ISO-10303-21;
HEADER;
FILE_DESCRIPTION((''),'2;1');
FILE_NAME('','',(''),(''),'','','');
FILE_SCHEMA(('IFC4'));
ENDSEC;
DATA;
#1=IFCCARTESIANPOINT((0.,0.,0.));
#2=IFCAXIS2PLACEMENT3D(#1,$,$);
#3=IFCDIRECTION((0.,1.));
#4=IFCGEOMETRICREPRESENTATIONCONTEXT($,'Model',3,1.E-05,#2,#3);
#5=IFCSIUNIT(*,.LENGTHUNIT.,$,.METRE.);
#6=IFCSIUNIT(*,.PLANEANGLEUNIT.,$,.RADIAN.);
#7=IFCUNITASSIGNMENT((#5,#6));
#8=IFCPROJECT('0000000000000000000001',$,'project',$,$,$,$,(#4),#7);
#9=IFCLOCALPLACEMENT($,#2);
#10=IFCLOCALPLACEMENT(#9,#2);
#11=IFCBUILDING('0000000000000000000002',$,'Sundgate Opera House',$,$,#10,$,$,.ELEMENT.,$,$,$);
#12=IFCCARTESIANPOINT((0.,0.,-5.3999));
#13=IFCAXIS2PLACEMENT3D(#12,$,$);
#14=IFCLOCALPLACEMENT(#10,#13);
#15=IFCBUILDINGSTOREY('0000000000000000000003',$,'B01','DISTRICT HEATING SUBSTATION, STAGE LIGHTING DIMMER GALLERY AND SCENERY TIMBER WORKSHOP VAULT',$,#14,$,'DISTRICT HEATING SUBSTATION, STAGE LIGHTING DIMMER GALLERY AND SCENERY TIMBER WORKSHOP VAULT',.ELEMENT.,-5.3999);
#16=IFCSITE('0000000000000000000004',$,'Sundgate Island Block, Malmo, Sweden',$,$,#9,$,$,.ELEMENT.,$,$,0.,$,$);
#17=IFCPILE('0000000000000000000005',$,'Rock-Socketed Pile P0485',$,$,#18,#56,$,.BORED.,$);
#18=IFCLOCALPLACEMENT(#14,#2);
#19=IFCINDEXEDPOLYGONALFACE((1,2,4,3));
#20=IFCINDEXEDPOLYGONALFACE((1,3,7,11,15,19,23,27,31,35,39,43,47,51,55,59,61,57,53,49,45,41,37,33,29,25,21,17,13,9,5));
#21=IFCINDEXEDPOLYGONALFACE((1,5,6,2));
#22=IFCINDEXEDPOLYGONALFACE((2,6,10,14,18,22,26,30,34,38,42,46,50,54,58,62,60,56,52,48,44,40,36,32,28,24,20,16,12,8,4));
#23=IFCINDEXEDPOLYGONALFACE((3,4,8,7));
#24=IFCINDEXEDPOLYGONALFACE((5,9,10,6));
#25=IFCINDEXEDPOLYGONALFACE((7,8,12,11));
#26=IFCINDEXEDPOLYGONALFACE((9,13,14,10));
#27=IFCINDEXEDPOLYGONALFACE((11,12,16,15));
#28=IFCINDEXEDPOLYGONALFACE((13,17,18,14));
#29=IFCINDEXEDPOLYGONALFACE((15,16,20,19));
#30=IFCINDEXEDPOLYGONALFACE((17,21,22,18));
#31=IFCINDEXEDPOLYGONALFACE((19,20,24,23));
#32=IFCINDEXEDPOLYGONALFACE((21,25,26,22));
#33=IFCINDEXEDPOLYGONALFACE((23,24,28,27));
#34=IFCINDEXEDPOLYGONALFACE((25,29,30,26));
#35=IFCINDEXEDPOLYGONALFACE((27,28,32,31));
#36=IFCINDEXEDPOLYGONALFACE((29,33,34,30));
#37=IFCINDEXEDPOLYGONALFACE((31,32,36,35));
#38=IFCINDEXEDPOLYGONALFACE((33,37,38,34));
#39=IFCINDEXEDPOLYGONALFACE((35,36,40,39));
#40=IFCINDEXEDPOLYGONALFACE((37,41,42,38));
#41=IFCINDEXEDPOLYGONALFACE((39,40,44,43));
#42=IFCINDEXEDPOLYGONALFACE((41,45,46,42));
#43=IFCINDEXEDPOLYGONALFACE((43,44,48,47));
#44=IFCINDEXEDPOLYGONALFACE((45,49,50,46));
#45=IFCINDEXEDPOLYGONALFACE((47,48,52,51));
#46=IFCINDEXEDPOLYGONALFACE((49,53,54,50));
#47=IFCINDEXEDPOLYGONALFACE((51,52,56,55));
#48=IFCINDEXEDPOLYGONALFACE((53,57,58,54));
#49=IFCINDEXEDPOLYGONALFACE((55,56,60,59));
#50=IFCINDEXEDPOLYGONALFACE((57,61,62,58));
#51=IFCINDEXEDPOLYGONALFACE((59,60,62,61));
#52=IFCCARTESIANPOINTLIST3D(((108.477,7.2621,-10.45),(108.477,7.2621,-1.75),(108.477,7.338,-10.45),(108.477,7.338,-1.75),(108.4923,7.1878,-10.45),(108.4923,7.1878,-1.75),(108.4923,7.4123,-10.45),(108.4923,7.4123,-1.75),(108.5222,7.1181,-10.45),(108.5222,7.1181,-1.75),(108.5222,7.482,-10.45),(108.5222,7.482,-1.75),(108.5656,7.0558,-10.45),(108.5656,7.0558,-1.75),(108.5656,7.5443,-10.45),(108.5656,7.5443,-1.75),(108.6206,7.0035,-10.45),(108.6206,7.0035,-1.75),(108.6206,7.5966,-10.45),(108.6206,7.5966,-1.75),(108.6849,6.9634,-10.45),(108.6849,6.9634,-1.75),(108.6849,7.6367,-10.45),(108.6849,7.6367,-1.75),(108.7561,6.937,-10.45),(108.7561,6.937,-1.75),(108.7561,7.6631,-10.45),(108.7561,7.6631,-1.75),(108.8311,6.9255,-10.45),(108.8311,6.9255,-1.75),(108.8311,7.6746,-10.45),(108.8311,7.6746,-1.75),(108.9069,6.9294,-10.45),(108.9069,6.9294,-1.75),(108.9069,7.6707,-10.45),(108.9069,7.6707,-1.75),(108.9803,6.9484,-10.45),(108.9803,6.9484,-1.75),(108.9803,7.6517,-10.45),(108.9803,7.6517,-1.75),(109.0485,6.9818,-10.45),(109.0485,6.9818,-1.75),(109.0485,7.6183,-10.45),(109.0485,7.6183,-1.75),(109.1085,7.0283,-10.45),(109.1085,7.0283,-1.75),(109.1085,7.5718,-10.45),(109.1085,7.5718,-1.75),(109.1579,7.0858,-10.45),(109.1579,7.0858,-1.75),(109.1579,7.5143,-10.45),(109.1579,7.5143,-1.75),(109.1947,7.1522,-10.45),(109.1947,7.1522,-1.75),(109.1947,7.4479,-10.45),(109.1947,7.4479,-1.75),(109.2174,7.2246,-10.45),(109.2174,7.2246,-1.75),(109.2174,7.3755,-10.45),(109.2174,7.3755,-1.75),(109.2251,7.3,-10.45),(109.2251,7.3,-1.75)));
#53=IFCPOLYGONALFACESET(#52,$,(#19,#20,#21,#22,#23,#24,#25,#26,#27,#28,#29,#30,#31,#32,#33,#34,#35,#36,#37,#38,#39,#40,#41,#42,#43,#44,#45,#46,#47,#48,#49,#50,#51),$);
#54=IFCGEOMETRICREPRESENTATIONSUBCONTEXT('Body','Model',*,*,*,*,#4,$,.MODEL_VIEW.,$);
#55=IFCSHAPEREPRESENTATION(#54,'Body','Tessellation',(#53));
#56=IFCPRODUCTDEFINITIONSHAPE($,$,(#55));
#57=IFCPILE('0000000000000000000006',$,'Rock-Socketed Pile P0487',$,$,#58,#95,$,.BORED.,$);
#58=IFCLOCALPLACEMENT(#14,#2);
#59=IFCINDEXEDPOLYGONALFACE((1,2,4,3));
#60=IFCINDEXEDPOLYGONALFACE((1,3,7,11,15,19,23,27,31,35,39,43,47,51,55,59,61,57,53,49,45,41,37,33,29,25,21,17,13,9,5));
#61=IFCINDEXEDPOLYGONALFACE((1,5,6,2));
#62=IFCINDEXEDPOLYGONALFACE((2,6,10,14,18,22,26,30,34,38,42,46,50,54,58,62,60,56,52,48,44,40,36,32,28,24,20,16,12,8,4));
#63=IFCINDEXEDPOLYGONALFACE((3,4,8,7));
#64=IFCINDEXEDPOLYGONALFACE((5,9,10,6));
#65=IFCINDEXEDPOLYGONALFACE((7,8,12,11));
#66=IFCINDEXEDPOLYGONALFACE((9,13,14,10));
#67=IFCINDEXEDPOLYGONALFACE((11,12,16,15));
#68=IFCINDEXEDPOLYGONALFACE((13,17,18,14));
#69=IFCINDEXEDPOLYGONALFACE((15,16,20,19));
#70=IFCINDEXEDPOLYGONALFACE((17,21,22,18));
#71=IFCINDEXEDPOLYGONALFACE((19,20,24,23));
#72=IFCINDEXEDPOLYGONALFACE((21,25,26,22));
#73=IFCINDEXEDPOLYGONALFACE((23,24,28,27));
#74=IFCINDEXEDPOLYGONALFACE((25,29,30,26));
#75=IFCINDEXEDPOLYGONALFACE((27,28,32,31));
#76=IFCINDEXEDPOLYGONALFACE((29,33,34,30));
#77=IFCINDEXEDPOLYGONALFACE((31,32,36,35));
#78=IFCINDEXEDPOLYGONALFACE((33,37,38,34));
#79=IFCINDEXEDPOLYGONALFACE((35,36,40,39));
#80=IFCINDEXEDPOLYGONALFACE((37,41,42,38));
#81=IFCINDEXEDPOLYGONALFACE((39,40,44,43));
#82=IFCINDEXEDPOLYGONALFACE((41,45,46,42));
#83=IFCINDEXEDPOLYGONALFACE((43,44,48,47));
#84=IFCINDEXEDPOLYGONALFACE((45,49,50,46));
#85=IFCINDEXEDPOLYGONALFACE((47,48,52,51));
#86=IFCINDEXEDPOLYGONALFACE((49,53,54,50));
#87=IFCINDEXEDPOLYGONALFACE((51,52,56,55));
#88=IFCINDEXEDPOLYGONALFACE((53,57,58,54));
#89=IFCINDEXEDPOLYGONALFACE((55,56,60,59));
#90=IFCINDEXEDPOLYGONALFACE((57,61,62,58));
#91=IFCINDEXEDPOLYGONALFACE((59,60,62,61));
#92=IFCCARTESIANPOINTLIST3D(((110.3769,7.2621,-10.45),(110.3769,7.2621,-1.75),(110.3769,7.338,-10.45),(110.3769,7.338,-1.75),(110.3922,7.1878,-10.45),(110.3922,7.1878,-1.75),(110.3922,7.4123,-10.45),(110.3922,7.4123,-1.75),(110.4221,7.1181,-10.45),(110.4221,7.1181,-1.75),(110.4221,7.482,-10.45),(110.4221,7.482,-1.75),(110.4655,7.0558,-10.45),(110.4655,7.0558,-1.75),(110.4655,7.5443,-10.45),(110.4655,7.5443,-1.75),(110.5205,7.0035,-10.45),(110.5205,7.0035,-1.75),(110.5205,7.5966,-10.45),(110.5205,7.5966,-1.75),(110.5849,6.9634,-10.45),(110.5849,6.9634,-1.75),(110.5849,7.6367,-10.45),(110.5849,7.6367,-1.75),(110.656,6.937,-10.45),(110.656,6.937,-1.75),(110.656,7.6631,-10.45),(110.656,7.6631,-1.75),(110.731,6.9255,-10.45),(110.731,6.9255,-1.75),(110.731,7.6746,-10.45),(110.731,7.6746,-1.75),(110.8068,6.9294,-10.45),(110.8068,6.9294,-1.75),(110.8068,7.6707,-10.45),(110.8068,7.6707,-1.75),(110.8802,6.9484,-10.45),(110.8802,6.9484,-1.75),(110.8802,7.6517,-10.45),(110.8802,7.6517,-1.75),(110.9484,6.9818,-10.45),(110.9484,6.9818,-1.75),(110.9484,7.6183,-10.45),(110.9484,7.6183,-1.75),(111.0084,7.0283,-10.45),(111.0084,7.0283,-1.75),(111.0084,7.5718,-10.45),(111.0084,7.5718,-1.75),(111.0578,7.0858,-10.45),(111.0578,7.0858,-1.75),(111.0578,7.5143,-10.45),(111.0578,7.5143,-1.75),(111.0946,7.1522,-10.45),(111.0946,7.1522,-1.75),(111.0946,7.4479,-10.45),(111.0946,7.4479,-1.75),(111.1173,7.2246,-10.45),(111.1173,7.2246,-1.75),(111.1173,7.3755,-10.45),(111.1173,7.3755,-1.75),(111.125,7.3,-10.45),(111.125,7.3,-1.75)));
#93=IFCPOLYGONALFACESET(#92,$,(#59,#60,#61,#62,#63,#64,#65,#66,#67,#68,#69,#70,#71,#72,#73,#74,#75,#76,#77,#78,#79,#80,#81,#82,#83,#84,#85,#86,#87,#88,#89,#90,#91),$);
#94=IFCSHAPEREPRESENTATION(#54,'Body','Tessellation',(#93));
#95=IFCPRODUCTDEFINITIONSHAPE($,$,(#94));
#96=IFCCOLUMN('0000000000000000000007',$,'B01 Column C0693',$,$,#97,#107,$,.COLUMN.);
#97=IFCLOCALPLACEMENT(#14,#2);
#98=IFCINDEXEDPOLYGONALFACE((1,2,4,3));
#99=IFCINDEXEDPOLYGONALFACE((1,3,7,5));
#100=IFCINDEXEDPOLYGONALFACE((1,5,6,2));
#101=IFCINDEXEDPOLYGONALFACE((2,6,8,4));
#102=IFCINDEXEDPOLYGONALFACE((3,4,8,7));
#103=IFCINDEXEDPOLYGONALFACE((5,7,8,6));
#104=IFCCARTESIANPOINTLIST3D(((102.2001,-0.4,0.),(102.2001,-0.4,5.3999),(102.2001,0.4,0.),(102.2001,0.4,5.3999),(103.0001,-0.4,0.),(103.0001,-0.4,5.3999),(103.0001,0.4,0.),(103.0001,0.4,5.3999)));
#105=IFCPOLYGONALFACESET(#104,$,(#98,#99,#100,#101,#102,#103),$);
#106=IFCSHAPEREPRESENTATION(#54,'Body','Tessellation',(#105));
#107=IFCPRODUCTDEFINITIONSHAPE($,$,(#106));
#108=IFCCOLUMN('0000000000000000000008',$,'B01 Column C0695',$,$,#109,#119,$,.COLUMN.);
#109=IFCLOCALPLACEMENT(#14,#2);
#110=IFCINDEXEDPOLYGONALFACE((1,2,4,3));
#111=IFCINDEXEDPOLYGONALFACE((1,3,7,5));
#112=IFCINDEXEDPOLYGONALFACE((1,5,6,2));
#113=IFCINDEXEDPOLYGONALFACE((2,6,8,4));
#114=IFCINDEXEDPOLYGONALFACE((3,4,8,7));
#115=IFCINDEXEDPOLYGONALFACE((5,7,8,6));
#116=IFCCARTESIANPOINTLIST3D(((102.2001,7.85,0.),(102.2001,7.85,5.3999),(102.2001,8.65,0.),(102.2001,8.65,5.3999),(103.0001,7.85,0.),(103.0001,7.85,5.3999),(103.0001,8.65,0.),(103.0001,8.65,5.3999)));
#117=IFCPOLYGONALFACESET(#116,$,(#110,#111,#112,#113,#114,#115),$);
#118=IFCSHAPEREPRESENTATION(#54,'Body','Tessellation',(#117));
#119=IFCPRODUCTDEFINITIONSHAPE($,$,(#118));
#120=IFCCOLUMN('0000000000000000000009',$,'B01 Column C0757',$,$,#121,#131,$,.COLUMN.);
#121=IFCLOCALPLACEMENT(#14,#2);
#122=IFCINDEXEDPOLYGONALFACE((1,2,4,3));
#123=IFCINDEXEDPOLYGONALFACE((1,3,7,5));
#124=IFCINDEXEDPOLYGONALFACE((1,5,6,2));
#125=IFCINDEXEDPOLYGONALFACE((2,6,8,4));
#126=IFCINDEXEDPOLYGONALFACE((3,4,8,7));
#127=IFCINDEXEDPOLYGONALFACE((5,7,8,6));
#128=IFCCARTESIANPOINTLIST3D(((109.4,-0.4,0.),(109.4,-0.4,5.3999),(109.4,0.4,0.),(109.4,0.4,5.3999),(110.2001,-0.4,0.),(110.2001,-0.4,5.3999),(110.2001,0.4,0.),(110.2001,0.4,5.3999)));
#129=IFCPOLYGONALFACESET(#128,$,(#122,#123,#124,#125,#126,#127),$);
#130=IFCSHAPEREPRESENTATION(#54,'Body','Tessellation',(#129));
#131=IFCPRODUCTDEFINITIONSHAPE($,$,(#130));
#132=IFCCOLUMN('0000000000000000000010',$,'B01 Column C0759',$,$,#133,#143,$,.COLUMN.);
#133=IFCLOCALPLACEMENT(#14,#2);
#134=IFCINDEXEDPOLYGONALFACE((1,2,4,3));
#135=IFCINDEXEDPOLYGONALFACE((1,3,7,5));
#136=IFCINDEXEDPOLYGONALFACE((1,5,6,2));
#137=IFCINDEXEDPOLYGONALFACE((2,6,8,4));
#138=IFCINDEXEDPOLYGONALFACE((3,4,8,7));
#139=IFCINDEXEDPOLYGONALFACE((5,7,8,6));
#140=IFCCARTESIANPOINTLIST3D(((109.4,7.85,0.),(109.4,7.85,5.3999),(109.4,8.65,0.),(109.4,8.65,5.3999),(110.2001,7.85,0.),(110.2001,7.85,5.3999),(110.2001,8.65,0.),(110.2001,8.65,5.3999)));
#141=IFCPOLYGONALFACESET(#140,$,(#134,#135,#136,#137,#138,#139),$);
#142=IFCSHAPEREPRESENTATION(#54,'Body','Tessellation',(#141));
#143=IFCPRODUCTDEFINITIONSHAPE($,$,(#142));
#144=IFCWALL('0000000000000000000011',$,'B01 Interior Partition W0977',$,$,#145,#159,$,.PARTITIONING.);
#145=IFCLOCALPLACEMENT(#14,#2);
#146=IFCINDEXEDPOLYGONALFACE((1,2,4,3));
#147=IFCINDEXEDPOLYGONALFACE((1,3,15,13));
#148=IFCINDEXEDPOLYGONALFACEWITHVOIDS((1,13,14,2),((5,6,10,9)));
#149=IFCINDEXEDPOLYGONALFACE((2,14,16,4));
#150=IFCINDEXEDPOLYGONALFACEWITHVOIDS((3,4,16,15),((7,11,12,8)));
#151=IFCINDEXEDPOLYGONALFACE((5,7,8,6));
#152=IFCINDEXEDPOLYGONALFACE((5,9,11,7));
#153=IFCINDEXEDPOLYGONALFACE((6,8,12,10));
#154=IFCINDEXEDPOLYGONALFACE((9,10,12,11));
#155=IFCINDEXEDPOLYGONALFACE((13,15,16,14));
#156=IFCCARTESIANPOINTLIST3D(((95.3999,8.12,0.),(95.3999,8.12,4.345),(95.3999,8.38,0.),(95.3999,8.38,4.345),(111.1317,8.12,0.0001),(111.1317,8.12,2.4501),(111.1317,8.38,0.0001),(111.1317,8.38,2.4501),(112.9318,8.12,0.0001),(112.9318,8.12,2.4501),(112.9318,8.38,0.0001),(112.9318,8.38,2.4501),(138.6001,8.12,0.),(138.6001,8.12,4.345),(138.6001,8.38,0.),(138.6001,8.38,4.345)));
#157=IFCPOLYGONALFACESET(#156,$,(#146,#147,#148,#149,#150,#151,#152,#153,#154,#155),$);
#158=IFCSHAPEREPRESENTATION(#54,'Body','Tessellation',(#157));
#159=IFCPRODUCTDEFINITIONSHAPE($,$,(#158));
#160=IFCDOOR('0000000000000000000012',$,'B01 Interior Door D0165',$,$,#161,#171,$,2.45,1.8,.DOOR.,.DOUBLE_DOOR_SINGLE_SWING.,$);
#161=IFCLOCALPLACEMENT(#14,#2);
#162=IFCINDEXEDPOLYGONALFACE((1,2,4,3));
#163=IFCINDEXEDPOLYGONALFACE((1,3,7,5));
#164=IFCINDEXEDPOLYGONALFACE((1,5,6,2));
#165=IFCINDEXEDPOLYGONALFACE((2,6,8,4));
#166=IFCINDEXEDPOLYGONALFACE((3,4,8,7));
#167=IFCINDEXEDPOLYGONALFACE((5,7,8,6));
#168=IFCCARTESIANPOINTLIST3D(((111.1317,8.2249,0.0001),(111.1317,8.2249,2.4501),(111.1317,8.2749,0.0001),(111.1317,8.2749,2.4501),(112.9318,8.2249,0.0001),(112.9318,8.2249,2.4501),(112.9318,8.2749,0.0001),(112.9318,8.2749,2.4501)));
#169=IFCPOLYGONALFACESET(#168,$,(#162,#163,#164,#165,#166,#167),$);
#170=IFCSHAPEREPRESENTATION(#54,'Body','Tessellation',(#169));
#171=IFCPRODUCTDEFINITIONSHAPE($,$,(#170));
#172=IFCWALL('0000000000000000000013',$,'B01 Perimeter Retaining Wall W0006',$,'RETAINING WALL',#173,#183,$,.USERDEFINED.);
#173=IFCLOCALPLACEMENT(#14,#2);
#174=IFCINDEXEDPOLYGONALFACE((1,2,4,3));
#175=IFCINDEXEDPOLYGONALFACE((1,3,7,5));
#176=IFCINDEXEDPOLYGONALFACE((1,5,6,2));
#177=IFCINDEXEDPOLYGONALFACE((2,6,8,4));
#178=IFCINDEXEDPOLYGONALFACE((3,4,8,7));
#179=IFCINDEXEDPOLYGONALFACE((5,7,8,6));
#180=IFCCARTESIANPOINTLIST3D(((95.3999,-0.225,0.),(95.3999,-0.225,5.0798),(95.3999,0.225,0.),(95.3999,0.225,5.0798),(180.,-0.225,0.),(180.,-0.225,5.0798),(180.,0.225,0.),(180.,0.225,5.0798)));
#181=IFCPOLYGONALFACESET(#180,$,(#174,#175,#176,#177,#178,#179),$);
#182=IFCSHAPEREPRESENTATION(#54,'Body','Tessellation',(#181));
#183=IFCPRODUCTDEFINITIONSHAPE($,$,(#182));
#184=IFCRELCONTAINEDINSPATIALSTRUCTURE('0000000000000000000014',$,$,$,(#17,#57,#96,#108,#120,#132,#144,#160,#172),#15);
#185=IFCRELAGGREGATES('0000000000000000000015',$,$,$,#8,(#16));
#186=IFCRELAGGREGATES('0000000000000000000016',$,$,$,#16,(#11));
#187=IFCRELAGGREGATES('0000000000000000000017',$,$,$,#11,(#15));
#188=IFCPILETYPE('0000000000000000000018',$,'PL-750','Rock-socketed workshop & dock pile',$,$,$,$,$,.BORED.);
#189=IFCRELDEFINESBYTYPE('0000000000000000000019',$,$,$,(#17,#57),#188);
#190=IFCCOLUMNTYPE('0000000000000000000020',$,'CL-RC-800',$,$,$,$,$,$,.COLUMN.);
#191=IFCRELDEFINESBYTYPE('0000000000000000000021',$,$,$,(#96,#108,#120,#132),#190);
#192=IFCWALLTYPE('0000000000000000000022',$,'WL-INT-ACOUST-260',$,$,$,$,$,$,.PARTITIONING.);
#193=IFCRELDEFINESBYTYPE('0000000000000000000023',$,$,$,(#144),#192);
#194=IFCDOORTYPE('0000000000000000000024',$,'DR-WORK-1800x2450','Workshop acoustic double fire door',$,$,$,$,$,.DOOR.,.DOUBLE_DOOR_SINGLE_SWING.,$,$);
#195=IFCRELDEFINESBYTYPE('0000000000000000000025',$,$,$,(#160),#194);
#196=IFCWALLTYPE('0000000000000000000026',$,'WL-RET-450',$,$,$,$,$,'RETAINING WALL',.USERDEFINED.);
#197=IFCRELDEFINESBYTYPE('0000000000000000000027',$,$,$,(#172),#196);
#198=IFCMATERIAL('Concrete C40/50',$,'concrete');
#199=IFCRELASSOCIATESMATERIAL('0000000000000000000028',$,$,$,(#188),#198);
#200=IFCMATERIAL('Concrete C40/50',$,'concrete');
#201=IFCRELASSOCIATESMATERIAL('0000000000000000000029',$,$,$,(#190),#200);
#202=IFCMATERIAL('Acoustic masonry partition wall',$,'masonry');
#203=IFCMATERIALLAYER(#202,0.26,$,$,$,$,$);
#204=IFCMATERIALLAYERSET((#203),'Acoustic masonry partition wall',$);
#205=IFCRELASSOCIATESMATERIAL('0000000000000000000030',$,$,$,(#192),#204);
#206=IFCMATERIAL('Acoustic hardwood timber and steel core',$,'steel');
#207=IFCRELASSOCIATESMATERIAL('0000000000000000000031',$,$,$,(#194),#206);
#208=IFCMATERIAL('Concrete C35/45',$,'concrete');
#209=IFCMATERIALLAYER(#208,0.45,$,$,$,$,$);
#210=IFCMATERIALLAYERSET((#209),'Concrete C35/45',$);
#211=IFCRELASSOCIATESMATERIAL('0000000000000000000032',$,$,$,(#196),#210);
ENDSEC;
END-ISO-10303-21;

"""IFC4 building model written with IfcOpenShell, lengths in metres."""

from ifc_helpers import new_model, si_unit, direction, frame, frame_2d, origin, origin_2d, place, context, subcontext, project, spatial, rectangle, circle, extrude, material, layer, layer_set, material_profile, profile_set, type_object, element, fill, save


model = new_model("IFC4")

# Units and contexts
model_context = context("Model", 3, precision=1e-05, world=origin(), true_north=direction((0.0, 1.0)))
body_context = subcontext(model_context, "Body", "Model", "MODEL_VIEW")
ifc_project = project(units=[si_unit("LENGTHUNIT", "METRE"), si_unit("PLANEANGLEUNIT", "RADIAN")], contexts=[model_context])

# Site, building, storey
site_placement = place(None, origin())
site = spatial("IfcSite", under=ifc_project, at=site_placement, Name="Sundgate Island Block, Malmo, Sweden", CompositionType="ELEMENT", RefElevation=0.0)
building_placement = place(site_placement, origin())
building = spatial("IfcBuilding", under=site, at=building_placement, Name="Sundgate Opera House", CompositionType="ELEMENT")
storey_placement = place(building_placement, frame((0.0, 0.0, -5.3999)))
storey = spatial("IfcBuildingStorey", under=building, at=storey_placement, Name="B01", Description="DISTRICT HEATING SUBSTATION, STAGE LIGHTING DIMMER GALLERY AND SCENERY TIMBER WORKSHOP VAULT", LongName="DISTRICT HEATING SUBSTATION, STAGE LIGHTING DIMMER GALLERY AND SCENERY TIMBER WORKSHOP VAULT", CompositionType="ELEMENT", Elevation=-5.3999)

# Piles
ifc_material_1 = material(Name="Concrete C40/50", Category="concrete")
ifc_material_profile_1 = material_profile(ifc_material_1, circle(Radius=0.375, at=origin_2d()), Name="PILE D750")
ifc_profile_set_1 = profile_set([ifc_material_profile_1], Name="Concrete C40/50")
pile_type = type_object("IfcPileType", Name="PL-750", Description="Rock-socketed workshop & dock pile", PredefinedType="BORED", material=ifc_profile_set_1)
for number, where, z_axis, x_axis, name in (
    (1, (108.8501, 7.3, -1.75), (0.0, 0.0, -1.0), (1.0, 0.0, 0.0), "Rock-Socketed Pile P0485"),
    (2, (110.75, 7.3, -1.75), (0.0, 0.0, -1.0), (1.0, 0.0, 0.0), "Rock-Socketed Pile P0487"),
):
    element("IfcPile", number, at=place(storey_placement, frame(where, z_axis=z_axis, x_axis=x_axis)), inside=storey, type_object=pile_type, Name=name, PredefinedType="BORED", context=body_context, shape_type="SweptSolid", body=[
        extrude(circle(Radius=0.375, at=origin_2d()), origin(), (0.0, 0.0, 1.0), 8.7),
    ])

# Columns
ifc_material_2 = material(Name="Concrete C40/50", Category="concrete")
ifc_material_profile_2 = material_profile(ifc_material_2, rectangle(XDim=0.8, YDim=0.8, at=origin_2d()), Name="RC 800x800")
ifc_profile_set_2 = profile_set([ifc_material_profile_2], Name="Concrete C40/50")
column_type = type_object("IfcColumnType", Name="CL-RC-800", PredefinedType="COLUMN", material=ifc_profile_set_2)
for number, where, z_axis, x_axis, name in (
    (3, (102.6001, 0.0, 0.0), (0.0, 0.0, 1.0), (1.0, 0.0, 0.0), "B01 Column C0693"),
    (4, (102.6001, 8.25, 0.0), (0.0, 0.0, 1.0), (1.0, 0.0, 0.0), "B01 Column C0695"),
    (5, (109.8, 0.0, 0.0), (0.0, 0.0, 1.0), (1.0, 0.0, 0.0), "B01 Column C0757"),
    (6, (109.8, 8.25, 0.0), (0.0, 0.0, 1.0), (1.0, 0.0, 0.0), "B01 Column C0759"),
):
    element("IfcColumn", number, at=place(storey_placement, frame(where, z_axis=z_axis, x_axis=x_axis)), inside=storey, type_object=column_type, Name=name, PredefinedType="COLUMN", context=body_context, shape_type="SweptSolid", body=[
        extrude(rectangle(XDim=0.8, YDim=0.8, at=origin_2d()), origin(), (0.0, 0.0, 1.0), 5.3999),
    ])

# Wall, opening, door
ifc_material_3 = material(Name="Acoustic masonry partition wall", Category="masonry")
ifc_layer_1 = layer(ifc_material_3, 0.26)
ifc_layer_set_1 = layer_set([ifc_layer_1], Name="Acoustic masonry partition wall")
wall_type_1 = type_object("IfcWallType", Name="WL-INT-ACOUST-260", PredefinedType="PARTITIONING", material=ifc_layer_set_1)
wall_1_placement = place(storey_placement, frame((95.3999, 8.25, 0.0), z_axis=(0.0, 0.0, 1.0), x_axis=(1.0, 0.0, 0.0)))
wall_1 = element("IfcWall", 7, at=wall_1_placement, inside=storey, type_object=wall_type_1, Name="B01 Interior Partition W0977", PredefinedType="PARTITIONING", context=body_context, shape_type="SweptSolid", body=[
    extrude(rectangle(XDim=43.2002, YDim=0.26, at=frame_2d((21.6001, 0.0))), origin(), (0.0, 0.0, 1.0), 4.345),
])
opening_placement = place(wall_1_placement, frame((15.7319, 0.0, 0.0)))
opening = element("IfcOpeningElement", 8, at=opening_placement, cuts=wall_1, PredefinedType="OPENING", context=body_context, shape_type="SweptSolid", body=[
    extrude(rectangle(XDim=1.8, YDim=2.45, at=frame_2d((0.8999, 1.2251))), frame((0.0, 0.1399, 0.0), z_axis=(0.0, -1.0, 0.0), x_axis=(1.0, 0.0, 0.0)), (0.0, 0.0, 1.0), 0.28),
])
ifc_material_4 = material(Name="Acoustic hardwood timber and steel core", Category="steel")
door_type = type_object("IfcDoorType", Name="DR-WORK-1800x2450", Description="Workshop acoustic double fire door", OperationType="DOUBLE_DOOR_SINGLE_SWING", PredefinedType="DOOR", material=ifc_material_4)
door_placement = place(opening_placement, origin())
door = element("IfcDoor", 9, at=door_placement, inside=storey, type_object=door_type, Name="B01 Interior Door D0165", OperationType="DOUBLE_DOOR_SINGLE_SWING", OverallHeight=2.45, OverallWidth=1.8, PredefinedType="DOOR", context=body_context, shape_type="SweptSolid", body=[
    extrude(rectangle(XDim=1.8, YDim=2.45, at=frame_2d((0.8999, 1.2251))), frame((0.0, 0.0249, 0.0), z_axis=(0.0, -1.0, 0.0), x_axis=(1.0, 0.0, 0.0)), (0.0, 0.0, 1.0), 0.05),
])
fill(opening, door)

# Wall
ifc_material_5 = material(Name="Concrete C35/45", Category="concrete")
ifc_layer_2 = layer(ifc_material_5, 0.45)
ifc_layer_set_2 = layer_set([ifc_layer_2], Name="Concrete C35/45")
wall_type_2 = type_object("IfcWallType", Name="WL-RET-450", ElementType="RETAINING WALL", PredefinedType="USERDEFINED", material=ifc_layer_set_2)
wall_2_placement = place(storey_placement, frame((95.3999, 0.0, 0.0), z_axis=(0.0, 0.0, 1.0), x_axis=(1.0, 0.0, 0.0)))
element("IfcWall", 10, at=wall_2_placement, inside=storey, type_object=wall_type_2, Name="B01 Perimeter Retaining Wall W0006", ObjectType="RETAINING WALL", PredefinedType="USERDEFINED", context=body_context, shape_type="SweptSolid", body=[
    extrude(rectangle(XDim=84.6001, YDim=0.45, at=frame_2d((42.3, 0.0))), origin(), (0.0, 0.0, 1.0), 5.0798),
])

save(model, "model.ifc")
